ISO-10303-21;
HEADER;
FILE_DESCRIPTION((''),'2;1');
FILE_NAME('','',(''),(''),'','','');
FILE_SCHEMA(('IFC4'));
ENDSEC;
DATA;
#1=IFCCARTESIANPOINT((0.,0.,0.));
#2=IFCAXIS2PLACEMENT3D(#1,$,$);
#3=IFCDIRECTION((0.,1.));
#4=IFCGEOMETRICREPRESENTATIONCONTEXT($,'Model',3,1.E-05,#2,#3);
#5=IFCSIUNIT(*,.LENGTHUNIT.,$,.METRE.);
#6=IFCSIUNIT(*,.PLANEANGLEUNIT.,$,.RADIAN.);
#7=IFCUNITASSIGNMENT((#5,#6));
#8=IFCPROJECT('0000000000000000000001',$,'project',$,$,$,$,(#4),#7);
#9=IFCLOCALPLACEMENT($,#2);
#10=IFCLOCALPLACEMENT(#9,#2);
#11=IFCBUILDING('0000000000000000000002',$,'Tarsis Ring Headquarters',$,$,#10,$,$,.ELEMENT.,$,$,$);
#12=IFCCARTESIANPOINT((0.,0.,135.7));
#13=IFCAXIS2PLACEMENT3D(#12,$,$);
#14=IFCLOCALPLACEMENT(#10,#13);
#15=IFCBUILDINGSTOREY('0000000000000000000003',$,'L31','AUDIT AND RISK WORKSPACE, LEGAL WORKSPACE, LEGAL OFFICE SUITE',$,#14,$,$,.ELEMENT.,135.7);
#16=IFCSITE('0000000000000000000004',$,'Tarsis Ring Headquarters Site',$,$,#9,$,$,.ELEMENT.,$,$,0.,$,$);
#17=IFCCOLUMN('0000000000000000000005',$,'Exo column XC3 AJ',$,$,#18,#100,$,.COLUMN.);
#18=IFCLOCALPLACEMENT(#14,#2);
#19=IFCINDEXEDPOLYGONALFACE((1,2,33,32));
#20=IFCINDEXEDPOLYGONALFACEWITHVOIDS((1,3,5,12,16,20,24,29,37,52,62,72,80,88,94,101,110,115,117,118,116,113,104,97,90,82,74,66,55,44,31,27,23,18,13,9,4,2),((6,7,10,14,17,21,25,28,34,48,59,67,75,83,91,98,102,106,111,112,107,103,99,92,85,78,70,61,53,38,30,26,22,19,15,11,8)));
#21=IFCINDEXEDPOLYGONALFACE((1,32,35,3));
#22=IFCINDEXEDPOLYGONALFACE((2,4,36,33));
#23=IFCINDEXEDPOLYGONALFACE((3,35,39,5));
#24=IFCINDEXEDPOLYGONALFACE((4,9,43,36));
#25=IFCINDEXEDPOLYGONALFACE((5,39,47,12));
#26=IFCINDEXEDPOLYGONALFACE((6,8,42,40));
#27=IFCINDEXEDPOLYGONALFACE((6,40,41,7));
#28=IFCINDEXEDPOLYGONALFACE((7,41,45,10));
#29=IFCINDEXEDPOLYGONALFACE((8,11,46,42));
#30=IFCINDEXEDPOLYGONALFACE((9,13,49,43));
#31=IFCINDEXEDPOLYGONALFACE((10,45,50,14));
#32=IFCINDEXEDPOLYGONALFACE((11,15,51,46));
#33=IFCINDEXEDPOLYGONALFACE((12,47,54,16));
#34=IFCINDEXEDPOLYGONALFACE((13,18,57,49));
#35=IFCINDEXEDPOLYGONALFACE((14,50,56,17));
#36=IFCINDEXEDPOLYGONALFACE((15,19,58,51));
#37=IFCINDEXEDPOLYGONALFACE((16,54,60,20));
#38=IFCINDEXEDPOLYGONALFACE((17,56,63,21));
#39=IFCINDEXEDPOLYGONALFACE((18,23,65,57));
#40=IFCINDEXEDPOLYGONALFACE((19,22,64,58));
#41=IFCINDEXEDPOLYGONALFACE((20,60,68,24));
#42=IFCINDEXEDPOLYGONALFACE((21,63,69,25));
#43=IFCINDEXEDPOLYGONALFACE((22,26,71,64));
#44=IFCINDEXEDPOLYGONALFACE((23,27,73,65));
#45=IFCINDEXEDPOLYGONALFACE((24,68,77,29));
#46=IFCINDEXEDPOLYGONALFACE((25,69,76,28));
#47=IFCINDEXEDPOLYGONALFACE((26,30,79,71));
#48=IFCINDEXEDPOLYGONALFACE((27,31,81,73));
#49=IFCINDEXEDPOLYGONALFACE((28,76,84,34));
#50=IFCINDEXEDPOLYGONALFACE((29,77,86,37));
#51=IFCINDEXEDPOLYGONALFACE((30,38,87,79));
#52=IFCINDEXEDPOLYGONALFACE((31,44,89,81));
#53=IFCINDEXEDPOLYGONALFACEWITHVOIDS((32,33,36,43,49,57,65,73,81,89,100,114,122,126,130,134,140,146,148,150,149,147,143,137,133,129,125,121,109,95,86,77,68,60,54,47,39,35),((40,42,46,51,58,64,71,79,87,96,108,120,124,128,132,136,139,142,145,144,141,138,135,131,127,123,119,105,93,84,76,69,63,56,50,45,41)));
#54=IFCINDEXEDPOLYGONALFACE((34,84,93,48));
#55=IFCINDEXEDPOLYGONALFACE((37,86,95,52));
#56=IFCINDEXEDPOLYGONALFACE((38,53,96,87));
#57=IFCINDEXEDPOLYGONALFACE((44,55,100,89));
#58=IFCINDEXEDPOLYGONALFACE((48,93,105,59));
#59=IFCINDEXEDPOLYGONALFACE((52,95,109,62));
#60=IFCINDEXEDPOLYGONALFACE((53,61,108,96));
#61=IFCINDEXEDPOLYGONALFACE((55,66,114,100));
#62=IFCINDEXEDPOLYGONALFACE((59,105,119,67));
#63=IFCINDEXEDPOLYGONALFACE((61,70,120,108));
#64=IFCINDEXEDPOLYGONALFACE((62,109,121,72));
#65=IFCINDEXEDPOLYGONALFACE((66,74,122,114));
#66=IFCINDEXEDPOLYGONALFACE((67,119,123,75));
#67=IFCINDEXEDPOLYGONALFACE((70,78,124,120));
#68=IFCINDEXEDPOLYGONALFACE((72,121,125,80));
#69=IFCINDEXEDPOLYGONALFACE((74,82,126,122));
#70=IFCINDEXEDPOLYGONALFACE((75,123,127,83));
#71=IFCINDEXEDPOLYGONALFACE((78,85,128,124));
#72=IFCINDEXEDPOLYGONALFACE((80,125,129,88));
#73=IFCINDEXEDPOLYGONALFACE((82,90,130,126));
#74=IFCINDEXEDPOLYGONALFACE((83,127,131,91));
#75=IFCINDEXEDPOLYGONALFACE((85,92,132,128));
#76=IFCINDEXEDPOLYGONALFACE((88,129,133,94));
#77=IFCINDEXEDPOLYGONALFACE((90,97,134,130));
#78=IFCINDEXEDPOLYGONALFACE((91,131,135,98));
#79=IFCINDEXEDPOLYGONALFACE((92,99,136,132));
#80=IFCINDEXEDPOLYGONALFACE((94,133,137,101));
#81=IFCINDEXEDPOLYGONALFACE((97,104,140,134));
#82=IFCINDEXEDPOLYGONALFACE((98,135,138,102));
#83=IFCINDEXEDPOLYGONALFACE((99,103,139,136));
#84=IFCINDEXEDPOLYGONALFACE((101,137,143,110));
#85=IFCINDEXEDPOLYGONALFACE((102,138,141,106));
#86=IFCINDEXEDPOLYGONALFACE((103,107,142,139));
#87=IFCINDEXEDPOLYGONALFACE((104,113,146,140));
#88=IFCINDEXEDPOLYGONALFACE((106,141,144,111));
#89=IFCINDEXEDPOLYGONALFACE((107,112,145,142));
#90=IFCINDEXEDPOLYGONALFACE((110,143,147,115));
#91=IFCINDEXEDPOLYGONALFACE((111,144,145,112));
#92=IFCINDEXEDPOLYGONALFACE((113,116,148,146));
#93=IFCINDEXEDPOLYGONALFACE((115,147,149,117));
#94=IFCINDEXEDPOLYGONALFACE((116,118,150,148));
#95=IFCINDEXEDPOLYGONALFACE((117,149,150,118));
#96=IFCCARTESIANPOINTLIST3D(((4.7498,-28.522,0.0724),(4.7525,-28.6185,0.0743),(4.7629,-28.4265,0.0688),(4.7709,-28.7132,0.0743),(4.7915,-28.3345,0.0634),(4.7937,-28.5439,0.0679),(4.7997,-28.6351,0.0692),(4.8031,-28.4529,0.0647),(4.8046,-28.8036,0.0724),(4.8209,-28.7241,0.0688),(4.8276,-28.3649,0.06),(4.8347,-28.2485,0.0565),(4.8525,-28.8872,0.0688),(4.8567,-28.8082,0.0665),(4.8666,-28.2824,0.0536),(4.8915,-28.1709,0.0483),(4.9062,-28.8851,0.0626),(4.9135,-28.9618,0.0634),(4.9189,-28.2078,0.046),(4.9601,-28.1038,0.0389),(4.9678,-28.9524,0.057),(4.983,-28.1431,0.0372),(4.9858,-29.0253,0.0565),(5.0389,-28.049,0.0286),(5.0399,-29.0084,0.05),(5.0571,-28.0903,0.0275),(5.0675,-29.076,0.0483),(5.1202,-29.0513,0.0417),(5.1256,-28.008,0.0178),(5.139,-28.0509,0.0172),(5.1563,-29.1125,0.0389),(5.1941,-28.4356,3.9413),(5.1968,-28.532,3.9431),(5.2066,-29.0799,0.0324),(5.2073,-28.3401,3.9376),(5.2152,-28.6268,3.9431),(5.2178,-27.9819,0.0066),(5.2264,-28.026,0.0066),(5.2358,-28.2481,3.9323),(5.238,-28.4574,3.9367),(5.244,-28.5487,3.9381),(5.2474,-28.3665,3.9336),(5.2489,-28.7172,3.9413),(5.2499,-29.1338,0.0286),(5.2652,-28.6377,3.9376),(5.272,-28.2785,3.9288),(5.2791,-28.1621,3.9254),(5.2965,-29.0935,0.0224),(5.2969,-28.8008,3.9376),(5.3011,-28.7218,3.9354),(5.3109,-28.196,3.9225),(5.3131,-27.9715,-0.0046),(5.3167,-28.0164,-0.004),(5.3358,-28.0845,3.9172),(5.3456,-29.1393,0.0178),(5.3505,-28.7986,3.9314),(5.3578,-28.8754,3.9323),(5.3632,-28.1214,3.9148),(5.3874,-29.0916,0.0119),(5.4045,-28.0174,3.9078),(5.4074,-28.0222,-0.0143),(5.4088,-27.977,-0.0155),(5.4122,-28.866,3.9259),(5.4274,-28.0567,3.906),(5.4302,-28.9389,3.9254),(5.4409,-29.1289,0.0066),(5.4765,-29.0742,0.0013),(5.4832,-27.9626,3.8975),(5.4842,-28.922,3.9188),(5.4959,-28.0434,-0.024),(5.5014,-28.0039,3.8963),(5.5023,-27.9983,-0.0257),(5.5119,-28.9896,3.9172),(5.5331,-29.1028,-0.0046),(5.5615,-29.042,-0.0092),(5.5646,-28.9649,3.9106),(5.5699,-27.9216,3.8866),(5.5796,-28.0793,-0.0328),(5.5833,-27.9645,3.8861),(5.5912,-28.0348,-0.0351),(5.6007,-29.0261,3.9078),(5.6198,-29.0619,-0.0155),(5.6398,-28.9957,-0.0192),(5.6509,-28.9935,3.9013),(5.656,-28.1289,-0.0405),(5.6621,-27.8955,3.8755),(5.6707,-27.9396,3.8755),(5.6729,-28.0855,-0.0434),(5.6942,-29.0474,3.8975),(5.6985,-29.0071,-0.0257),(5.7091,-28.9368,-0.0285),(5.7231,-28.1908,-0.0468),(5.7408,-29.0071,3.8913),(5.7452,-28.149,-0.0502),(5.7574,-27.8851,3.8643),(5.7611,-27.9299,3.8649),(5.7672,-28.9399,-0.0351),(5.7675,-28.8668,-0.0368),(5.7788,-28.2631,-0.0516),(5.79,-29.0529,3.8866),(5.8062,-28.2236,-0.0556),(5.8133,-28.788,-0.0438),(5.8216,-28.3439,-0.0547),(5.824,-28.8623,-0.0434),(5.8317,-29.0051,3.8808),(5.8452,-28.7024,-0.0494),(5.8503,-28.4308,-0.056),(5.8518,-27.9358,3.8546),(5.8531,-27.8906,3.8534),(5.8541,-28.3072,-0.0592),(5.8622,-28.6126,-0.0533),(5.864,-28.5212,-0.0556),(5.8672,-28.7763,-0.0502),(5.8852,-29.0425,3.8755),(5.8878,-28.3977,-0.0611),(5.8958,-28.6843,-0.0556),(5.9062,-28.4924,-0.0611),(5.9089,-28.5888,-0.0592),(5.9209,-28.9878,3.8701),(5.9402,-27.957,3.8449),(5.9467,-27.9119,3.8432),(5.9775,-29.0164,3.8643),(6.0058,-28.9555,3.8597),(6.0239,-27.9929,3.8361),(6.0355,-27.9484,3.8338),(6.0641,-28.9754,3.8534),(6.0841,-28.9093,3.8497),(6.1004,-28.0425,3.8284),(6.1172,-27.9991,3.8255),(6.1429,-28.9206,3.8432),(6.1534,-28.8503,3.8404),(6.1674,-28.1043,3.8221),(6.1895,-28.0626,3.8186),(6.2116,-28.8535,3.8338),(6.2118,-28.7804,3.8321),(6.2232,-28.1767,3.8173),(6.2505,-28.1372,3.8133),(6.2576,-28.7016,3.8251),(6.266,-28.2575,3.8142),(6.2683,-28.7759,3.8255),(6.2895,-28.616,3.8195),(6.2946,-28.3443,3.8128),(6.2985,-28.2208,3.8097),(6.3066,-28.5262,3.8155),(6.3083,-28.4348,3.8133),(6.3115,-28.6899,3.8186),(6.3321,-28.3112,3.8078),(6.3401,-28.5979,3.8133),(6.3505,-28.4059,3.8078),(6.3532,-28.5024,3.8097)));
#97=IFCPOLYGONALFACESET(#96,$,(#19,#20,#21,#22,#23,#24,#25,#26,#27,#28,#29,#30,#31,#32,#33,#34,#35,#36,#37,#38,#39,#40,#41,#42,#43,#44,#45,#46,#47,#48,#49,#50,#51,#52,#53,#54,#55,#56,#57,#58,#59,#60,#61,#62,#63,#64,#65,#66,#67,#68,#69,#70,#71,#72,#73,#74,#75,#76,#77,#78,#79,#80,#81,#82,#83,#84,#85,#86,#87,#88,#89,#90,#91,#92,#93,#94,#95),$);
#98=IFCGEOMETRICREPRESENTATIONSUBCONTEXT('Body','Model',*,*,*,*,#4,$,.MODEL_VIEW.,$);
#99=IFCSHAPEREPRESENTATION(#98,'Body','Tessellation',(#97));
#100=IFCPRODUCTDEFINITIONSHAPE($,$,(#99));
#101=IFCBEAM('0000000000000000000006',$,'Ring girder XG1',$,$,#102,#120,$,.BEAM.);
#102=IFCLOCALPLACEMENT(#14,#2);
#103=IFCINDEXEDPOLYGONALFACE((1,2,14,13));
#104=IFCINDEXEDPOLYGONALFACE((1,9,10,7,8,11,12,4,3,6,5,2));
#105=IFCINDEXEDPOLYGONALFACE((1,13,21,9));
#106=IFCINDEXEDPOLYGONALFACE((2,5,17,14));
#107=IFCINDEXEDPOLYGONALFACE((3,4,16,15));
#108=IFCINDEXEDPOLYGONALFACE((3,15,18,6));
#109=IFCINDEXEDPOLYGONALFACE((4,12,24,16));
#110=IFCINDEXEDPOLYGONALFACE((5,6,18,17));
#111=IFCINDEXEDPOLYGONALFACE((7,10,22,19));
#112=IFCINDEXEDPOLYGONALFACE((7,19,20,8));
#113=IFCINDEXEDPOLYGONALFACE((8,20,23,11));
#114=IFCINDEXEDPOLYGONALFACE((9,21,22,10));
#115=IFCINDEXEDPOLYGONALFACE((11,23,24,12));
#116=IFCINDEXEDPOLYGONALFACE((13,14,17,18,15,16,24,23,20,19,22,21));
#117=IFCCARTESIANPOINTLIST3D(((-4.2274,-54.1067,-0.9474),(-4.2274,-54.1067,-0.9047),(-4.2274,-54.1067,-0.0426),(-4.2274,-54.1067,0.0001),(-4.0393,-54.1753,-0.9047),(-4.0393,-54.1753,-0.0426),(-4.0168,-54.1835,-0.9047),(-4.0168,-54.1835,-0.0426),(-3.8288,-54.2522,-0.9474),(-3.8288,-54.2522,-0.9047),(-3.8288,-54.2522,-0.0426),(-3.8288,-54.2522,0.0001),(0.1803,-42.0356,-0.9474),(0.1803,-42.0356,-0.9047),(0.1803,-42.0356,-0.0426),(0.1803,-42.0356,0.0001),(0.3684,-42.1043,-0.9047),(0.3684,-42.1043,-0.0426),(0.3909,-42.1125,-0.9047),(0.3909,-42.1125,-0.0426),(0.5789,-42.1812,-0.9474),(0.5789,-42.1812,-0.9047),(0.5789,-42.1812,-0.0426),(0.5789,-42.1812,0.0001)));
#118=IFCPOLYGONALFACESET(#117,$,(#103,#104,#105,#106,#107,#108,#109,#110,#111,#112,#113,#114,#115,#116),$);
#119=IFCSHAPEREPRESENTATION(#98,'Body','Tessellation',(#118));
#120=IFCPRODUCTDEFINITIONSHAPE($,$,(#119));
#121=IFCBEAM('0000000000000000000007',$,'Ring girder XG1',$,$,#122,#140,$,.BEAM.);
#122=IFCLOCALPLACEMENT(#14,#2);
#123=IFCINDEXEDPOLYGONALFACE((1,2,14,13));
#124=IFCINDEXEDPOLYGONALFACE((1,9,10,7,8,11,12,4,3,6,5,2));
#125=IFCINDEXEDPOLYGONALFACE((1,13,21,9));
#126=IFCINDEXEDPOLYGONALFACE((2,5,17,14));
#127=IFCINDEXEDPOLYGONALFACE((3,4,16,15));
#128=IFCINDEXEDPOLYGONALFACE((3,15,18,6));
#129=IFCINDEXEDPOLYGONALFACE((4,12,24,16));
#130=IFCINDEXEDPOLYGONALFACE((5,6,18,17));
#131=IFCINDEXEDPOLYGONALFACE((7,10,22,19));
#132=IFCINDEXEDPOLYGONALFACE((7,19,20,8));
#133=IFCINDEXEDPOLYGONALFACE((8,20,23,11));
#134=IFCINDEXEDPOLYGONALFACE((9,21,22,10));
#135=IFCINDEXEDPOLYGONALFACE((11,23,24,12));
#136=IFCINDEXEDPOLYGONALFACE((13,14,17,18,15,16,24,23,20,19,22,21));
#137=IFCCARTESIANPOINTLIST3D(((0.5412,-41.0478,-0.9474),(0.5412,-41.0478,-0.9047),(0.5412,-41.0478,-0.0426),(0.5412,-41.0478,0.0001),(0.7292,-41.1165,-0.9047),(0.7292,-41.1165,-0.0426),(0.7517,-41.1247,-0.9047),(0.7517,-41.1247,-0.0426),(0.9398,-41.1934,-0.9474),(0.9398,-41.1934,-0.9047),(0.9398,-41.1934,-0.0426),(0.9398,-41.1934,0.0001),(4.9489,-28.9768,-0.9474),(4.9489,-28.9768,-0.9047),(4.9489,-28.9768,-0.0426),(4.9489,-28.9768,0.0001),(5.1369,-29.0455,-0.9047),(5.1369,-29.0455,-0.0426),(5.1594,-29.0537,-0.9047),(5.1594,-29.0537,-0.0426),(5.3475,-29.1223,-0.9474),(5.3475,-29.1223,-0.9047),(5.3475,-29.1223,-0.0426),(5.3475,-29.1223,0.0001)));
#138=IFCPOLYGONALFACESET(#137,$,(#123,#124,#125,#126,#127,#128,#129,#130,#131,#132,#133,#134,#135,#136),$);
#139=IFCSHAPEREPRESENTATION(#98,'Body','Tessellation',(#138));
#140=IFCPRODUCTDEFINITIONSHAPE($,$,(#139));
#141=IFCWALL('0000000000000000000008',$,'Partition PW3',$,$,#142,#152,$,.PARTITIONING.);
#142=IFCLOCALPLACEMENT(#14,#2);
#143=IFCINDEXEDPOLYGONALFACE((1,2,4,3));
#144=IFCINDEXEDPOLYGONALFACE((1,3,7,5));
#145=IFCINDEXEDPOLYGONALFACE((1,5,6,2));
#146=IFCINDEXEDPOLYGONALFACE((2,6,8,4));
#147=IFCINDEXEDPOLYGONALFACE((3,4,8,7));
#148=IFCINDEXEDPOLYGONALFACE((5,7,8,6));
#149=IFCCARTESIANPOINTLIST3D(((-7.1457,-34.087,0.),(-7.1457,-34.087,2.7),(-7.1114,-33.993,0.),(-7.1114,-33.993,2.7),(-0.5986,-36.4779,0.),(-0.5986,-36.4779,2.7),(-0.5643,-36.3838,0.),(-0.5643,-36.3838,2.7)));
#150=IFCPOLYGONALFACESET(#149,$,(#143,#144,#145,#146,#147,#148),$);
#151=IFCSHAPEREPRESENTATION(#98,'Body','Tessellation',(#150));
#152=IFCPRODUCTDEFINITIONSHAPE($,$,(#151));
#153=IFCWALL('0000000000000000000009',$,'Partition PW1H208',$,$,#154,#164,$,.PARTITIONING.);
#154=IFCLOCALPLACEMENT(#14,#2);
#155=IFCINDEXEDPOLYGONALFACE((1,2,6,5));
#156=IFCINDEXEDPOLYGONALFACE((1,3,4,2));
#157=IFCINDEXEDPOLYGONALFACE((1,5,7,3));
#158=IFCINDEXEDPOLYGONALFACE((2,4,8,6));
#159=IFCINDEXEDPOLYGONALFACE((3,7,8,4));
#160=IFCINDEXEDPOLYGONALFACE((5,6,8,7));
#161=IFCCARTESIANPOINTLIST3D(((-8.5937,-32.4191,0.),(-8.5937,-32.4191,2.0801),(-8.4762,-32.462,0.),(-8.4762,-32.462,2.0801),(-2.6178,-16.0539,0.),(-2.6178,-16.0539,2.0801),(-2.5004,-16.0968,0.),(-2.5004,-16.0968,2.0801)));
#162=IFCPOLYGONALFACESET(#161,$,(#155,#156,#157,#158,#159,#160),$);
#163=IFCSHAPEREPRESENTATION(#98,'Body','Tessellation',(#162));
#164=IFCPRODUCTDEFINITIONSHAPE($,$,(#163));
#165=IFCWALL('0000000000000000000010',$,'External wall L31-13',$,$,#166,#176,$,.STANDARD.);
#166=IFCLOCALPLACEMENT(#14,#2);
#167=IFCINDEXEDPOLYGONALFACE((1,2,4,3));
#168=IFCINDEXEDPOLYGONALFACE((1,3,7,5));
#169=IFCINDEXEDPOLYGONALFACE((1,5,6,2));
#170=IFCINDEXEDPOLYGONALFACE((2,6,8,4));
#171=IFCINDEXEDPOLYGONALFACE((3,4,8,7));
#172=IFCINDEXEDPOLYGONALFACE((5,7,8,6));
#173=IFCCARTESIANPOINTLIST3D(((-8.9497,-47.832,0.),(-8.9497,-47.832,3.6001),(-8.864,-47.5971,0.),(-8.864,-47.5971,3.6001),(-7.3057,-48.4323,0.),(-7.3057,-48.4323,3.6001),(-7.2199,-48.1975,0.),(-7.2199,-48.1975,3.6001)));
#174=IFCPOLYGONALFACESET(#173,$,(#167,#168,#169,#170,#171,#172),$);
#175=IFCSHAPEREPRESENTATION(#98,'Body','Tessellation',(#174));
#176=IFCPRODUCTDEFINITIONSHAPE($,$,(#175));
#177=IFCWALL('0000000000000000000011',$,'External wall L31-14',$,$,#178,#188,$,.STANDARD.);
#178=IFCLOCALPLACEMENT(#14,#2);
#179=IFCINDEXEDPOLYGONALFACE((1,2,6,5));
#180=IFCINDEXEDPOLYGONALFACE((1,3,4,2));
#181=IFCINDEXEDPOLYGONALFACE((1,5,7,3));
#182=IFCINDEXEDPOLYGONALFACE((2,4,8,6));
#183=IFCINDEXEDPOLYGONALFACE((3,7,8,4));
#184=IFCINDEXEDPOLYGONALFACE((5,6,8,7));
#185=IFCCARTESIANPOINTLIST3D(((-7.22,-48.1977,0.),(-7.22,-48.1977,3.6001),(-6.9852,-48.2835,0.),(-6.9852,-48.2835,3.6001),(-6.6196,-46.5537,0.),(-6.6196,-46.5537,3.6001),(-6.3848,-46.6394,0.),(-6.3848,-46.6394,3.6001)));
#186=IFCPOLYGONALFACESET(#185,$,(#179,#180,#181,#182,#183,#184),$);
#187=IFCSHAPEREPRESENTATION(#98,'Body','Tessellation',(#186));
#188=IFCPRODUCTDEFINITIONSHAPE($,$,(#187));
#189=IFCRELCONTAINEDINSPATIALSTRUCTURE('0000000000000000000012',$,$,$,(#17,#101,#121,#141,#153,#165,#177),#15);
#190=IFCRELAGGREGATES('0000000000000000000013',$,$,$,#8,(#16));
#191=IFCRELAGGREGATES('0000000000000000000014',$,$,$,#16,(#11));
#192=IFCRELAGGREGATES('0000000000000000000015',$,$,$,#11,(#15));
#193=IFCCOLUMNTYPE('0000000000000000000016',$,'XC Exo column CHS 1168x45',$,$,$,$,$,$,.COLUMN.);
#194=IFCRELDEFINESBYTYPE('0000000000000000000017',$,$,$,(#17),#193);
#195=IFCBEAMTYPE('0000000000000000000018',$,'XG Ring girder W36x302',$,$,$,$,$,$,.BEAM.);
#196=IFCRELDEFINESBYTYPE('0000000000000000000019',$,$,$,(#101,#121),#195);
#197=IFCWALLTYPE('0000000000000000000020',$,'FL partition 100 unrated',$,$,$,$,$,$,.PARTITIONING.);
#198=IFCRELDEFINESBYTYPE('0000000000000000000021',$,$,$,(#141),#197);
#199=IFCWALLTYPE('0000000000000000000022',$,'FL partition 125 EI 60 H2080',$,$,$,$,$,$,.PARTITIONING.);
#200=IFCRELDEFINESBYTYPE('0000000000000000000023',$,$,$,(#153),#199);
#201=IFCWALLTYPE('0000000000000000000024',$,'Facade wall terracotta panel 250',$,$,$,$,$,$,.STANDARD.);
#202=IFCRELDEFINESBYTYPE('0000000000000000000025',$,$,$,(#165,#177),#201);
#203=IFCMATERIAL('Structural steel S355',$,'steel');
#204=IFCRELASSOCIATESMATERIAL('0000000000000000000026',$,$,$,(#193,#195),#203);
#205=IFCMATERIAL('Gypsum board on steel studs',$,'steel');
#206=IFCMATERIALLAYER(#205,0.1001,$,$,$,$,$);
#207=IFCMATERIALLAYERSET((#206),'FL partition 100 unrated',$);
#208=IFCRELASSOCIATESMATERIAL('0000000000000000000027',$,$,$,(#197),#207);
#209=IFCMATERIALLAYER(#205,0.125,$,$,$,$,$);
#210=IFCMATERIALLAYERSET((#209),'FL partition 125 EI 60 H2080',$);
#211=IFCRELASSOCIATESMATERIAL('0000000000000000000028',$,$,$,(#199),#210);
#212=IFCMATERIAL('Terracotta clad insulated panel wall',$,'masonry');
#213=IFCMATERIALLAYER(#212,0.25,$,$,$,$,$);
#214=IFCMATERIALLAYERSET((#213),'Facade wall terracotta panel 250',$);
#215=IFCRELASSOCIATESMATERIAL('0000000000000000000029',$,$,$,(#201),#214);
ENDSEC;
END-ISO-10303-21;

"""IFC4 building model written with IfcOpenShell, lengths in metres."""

from ifc_helpers import new_model, si_unit, direction, frame, frame_2d, origin, origin_2d, place, context, subcontext, project, spatial, rectangle, hollow_circle, i_section, extrude, material, layer, layer_set, material_profile, profile_set, type_object, element, save


model = new_model("IFC4")

# Units and contexts
model_context = context("Model", 3, precision=1e-05, world=origin(), true_north=direction((0.0, 1.0)))
body_context = subcontext(model_context, "Body", "Model", "MODEL_VIEW")
ifc_project = project(units=[si_unit("LENGTHUNIT", "METRE"), si_unit("PLANEANGLEUNIT", "RADIAN")], contexts=[model_context])

# Site, building, storey
site_placement = place(None, origin())
site = spatial("IfcSite", under=ifc_project, at=site_placement, Name="Tarsis Ring Headquarters Site", CompositionType="ELEMENT", RefElevation=0.0)
building_placement = place(site_placement, origin())
building = spatial("IfcBuilding", under=site, at=building_placement, Name="Tarsis Ring Headquarters", CompositionType="ELEMENT")
storey_placement = place(building_placement, frame((0.0, 0.0, 135.7)))
storey = spatial("IfcBuildingStorey", under=building, at=storey_placement, Name="L31", Description="AUDIT AND RISK WORKSPACE, LEGAL WORKSPACE, LEGAL OFFICE SUITE", CompositionType="ELEMENT", Elevation=135.7)

# Column
ifc_material_1 = material(Name="Structural steel S355", Category="steel")
ifc_material_profile_1 = material_profile(ifc_material_1, hollow_circle(Radius=0.5842, WallThickness=0.0449, at=origin_2d()), Name="CHS 1168x45")
ifc_profile_set_1 = profile_set([ifc_material_profile_1], Name="Structural steel S355")
column_type = type_object("IfcColumnType", Name="XC Exo column CHS 1168x45", PredefinedType="COLUMN", material=ifc_profile_set_1)
column_1_placement = place(storey_placement, frame((5.3293, -28.5554, 0.0066), z_axis=(0.11407, 0.022187, 0.993225), x_axis=(-0.190927, 0.981604, 0.0)))
element("IfcColumn", 1, at=column_1_placement, inside=storey, type_object=column_type, Name="Exo column XC3 AJ", PredefinedType="COLUMN", context=body_context, shape_type="SweptSolid", body=[
    extrude(hollow_circle(Radius=0.5842, WallThickness=0.0449, at=origin_2d()), origin(), (0.0, 0.0, 1.0), 3.8953),
])

# Beams
ifc_material_profile_2 = material_profile(ifc_material_1, i_section(OverallWidth=0.4243, OverallDepth=0.9475, WebThickness=0.0239, FlangeThickness=0.0427, at=origin_2d()), Name="W36x302")
ifc_profile_set_2 = profile_set([ifc_material_profile_2], Name="Structural steel S355")
beam_type = type_object("IfcBeamType", Name="XG Ring girder W36x302", PredefinedType="BEAM", material=ifc_profile_set_2)
for number, where, z_axis, x_axis, name in (
    (2, (-4.0281, -54.1794, -0.4736), (0.342997, 0.939337, 0.0), (-0.939337, 0.342997, 0.0), "Ring girder XG1"),
    (3, (0.7405, -41.1206, -0.4736), (0.342997, 0.939337, 0.0), (-0.939337, 0.342997, 0.0), "Ring girder XG1"),
):
    element("IfcBeam", number, at=place(storey_placement, frame(where, z_axis=z_axis, x_axis=x_axis)), inside=storey, type_object=beam_type, Name=name, PredefinedType="BEAM", context=body_context, shape_type="SweptSolid", body=[
        extrude(i_section(OverallWidth=0.4243, OverallDepth=0.9475, WebThickness=0.0239, FlangeThickness=0.0427, at=origin_2d()), origin(), (0.0, 0.0, 1.0), 12.8506),
    ])

# Walls
ifc_material_2 = material(Name="Gypsum board on steel studs", Category="steel")
ifc_layer_1 = layer(ifc_material_2, 0.1001)
ifc_layer_set_1 = layer_set([ifc_layer_1], Name="FL partition 100 unrated")
wall_type_1 = type_object("IfcWallType", Name="FL partition 100 unrated", PredefinedType="PARTITIONING", material=ifc_layer_set_1)
wall_1_placement = place(storey_placement, frame((-7.1284, -34.04, 0.0), z_axis=(0.0, 0.0, 1.0), x_axis=(0.939327, -0.343022, 0.0)))
element("IfcWall", 4, at=wall_1_placement, inside=storey, type_object=wall_type_1, Name="Partition PW3", PredefinedType="PARTITIONING", context=body_context, shape_type="SweptSolid", body=[
    extrude(rectangle(XDim=6.97, YDim=0.1001, at=frame_2d((3.4849, 0.0))), origin(), (0.0, 0.0, 1.0), 2.7),
])
ifc_layer_2 = layer(ifc_material_2, 0.125)
ifc_layer_set_2 = layer_set([ifc_layer_2], Name="FL partition 125 EI 60 H2080")
wall_type_2 = type_object("IfcWallType", Name="FL partition 125 EI 60 H2080", PredefinedType="PARTITIONING", material=ifc_layer_set_2)
wall_2_placement = place(storey_placement, frame((-8.5349, -32.4404, 0.0), z_axis=(0.0, 0.0, 1.0), x_axis=(0.343002, 0.939335, 0.0)))
element("IfcWall", 5, at=wall_2_placement, inside=storey, type_object=wall_type_2, Name="Partition PW1H208", PredefinedType="PARTITIONING", context=body_context, shape_type="SweptSolid", body=[
    extrude(rectangle(XDim=17.4221, YDim=0.125, at=frame_2d((8.7109, 0.0))), origin(), (0.0, 0.0, 1.0), 2.0801),
])
ifc_material_3 = material(Name="Terracotta clad insulated panel wall", Category="masonry")
ifc_layer_3 = layer(ifc_material_3, 0.25)
ifc_layer_set_3 = layer_set([ifc_layer_3], Name="Facade wall terracotta panel 250")
wall_type_3 = type_object("IfcWallType", Name="Facade wall terracotta panel 250", PredefinedType="STANDARD", material=ifc_layer_set_3)
for number, where, z_axis, x_axis, name in (
    (6, (-8.9067, -47.7146, 0.0), (0.0, 0.0, 1.0), (0.939332, -0.343008, 0.0), "External wall L31-13"),
    (7, (-7.1025, -48.2405, 0.0), (0.0, 0.0, 1.0), (0.343008, 0.939332, 0.0), "External wall L31-14"),
):
    element("IfcWall", number, at=place(storey_placement, frame(where, z_axis=z_axis, x_axis=x_axis)), inside=storey, type_object=wall_type_3, Name=name, PredefinedType="STANDARD", context=body_context, shape_type="SweptSolid", body=[
        extrude(rectangle(XDim=1.7502, YDim=0.25, at=frame_2d((0.875, 0.0))), origin(), (0.0, 0.0, 1.0), 3.6001),
    ])

save(model, "model.ifc")
